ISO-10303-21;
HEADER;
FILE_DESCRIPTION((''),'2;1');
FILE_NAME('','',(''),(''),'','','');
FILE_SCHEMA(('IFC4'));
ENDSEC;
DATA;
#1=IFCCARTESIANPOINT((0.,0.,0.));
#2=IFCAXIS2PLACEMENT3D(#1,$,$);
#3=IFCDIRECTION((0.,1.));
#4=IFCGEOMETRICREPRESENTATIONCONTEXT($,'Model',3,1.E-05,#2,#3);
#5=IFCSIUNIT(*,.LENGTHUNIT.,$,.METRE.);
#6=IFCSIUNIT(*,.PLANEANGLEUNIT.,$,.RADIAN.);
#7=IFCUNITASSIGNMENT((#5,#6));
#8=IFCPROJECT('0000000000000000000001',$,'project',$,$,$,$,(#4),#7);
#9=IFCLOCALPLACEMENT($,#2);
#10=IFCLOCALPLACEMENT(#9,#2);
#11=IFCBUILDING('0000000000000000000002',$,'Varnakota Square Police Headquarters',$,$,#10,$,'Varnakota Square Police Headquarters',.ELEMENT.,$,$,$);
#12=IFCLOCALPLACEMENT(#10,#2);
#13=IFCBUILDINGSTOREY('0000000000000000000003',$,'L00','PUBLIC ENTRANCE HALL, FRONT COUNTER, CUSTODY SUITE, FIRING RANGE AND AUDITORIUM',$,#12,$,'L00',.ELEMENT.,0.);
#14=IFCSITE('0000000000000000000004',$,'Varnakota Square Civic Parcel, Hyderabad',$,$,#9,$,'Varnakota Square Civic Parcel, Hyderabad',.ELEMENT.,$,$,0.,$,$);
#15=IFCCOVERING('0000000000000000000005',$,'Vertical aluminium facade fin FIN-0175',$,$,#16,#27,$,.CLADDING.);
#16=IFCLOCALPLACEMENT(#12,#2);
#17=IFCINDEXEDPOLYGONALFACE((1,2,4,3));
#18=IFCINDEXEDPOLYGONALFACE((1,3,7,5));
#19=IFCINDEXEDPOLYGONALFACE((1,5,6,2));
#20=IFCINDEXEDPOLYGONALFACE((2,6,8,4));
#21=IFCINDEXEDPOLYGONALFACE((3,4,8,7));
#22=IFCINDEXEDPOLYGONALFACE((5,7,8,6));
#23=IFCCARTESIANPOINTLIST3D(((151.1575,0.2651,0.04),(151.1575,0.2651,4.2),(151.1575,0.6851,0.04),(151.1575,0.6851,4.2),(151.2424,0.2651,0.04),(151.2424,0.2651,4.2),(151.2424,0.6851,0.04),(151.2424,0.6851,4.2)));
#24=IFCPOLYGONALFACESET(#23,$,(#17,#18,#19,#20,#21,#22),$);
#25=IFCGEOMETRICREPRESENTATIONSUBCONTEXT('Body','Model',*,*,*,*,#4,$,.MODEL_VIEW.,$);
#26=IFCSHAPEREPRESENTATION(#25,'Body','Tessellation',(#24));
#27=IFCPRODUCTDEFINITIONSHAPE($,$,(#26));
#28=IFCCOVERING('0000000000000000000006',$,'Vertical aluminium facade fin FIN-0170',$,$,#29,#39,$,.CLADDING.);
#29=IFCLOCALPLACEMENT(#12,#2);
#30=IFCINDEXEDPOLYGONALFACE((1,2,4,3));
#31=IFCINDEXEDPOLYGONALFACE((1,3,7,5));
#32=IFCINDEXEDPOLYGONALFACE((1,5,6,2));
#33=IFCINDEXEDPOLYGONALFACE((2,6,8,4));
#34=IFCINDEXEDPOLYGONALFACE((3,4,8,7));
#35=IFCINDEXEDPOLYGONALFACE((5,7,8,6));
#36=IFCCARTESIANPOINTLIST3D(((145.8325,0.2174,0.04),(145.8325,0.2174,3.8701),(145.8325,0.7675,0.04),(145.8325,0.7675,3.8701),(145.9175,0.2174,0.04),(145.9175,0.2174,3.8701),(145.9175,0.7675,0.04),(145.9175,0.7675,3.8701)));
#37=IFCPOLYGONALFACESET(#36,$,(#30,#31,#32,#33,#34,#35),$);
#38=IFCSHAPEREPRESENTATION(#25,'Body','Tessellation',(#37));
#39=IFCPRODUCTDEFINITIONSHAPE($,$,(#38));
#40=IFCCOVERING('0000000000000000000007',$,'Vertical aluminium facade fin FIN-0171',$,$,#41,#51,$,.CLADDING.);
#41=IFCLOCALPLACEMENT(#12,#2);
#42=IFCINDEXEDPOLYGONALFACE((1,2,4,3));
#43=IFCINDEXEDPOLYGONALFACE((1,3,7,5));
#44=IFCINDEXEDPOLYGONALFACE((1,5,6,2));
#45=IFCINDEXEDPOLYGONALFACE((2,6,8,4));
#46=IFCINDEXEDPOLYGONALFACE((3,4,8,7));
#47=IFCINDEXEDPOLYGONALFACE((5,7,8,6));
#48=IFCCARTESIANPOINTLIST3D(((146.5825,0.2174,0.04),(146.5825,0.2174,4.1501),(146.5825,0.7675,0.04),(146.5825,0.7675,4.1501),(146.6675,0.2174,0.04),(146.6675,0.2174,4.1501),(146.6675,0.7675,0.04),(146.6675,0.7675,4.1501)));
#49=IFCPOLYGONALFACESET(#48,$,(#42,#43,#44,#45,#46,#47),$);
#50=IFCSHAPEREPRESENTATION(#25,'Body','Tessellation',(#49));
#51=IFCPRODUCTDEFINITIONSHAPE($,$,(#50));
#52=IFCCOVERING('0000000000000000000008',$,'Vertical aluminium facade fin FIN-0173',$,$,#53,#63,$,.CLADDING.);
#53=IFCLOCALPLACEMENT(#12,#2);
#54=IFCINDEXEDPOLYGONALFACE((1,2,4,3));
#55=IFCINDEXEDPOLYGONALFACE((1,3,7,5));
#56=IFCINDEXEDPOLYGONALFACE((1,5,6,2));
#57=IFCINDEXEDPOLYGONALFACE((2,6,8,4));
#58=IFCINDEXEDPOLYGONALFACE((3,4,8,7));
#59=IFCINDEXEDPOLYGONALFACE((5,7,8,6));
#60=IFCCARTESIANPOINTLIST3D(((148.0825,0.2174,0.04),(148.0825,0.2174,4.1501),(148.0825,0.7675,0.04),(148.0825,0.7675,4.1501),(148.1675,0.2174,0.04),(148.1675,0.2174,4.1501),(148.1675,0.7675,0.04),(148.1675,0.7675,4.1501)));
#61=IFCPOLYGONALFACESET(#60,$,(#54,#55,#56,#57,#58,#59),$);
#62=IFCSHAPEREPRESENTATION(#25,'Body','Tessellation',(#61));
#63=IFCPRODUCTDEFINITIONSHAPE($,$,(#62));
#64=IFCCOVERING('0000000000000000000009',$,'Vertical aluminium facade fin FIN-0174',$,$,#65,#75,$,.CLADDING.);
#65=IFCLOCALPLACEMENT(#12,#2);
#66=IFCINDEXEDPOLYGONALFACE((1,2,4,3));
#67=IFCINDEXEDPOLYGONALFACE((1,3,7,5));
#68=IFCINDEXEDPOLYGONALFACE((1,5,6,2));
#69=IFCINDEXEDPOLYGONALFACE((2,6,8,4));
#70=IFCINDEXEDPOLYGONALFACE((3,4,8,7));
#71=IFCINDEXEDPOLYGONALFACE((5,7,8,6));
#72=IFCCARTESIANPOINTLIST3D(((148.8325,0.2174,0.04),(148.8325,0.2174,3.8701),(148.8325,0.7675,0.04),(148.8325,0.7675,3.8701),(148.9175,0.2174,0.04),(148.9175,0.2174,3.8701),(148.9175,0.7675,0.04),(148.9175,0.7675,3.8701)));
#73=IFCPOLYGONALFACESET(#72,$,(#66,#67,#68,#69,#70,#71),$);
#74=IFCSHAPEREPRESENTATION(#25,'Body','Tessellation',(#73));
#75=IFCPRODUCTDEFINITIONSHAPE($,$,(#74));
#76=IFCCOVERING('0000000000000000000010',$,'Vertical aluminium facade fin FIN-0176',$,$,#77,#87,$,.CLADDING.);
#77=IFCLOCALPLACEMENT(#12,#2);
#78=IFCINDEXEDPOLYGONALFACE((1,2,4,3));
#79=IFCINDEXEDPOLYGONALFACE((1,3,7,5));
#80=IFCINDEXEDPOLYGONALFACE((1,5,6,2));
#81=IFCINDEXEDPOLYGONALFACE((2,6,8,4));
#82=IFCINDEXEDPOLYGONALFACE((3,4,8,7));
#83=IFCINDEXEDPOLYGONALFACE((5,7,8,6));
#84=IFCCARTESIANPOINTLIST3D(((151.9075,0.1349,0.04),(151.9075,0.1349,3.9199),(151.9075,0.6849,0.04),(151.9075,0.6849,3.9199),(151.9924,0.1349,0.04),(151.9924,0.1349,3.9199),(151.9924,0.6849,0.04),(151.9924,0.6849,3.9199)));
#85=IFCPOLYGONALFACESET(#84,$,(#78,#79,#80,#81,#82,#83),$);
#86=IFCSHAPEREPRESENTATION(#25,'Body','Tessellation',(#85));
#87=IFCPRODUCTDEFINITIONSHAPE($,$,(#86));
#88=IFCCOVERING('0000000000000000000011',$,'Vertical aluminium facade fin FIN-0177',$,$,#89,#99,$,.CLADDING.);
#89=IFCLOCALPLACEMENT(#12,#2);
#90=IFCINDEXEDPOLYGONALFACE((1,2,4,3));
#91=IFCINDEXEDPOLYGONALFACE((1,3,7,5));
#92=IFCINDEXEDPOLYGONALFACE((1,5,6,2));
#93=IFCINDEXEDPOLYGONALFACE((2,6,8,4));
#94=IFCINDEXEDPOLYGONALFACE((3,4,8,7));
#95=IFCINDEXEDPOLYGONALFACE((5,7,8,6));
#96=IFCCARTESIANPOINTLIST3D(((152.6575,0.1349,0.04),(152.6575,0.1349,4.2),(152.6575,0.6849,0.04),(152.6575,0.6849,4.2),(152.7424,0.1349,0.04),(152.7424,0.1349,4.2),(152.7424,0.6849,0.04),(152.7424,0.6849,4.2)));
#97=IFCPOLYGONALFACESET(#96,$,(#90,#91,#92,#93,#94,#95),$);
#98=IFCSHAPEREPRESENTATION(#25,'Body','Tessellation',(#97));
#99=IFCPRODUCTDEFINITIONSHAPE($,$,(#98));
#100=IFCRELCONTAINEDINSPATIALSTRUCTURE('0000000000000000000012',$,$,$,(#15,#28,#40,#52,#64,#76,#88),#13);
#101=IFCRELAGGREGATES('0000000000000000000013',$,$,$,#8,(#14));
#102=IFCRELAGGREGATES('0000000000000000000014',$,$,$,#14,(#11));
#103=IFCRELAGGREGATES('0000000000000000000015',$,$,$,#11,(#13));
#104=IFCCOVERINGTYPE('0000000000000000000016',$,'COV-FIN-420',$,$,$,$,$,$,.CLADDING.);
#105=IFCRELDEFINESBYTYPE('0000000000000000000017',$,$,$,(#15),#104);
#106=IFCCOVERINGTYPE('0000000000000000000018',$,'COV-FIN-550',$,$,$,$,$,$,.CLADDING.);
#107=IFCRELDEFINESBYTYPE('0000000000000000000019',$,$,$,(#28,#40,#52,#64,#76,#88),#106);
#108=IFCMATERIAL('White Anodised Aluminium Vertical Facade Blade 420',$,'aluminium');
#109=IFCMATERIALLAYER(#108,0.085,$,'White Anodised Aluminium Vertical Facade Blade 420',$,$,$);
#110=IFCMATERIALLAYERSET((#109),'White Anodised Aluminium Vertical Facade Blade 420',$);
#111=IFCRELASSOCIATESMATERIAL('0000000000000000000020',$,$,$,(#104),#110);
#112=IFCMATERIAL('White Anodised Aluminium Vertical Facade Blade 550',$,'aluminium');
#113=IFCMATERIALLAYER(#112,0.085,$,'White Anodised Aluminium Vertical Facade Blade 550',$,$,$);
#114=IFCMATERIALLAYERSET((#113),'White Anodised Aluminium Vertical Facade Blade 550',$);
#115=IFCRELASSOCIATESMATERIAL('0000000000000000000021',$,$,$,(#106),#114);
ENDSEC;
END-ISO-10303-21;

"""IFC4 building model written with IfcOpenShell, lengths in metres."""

from ifc_helpers import new_model, si_unit, direction, frame, origin, origin_2d, place, context, subcontext, project, spatial, rectangle, extrude, material, layer, layer_set, type_object, element, save


model = new_model("IFC4")

# Units and contexts
model_context = context("Model", 3, precision=1e-05, world=origin(), true_north=direction((0.0, 1.0)))
body_context = subcontext(model_context, "Body", "Model", "MODEL_VIEW")
ifc_project = project(units=[si_unit("LENGTHUNIT", "METRE"), si_unit("PLANEANGLEUNIT", "RADIAN")], contexts=[model_context])

# Site, building, storey
site_placement = place(None, origin())
site = spatial("IfcSite", under=ifc_project, at=site_placement, Name="Varnakota Square Civic Parcel, Hyderabad", LongName="Varnakota Square Civic Parcel, Hyderabad", CompositionType="ELEMENT", RefElevation=0.0)
building_placement = place(site_placement, origin())
building = spatial("IfcBuilding", under=site, at=building_placement, Name="Varnakota Square Police Headquarters", LongName="Varnakota Square Police Headquarters", CompositionType="ELEMENT")
storey_placement = place(building_placement, origin())
storey = spatial("IfcBuildingStorey", under=building, at=storey_placement, Name="L00", Description="PUBLIC ENTRANCE HALL, FRONT COUNTER, CUSTODY SUITE, FIRING RANGE AND AUDITORIUM", LongName="L00", CompositionType="ELEMENT", Elevation=0.0)

# Coverings
ifc_material_1 = material(Name="White Anodised Aluminium Vertical Facade Blade 420", Category="aluminium")
ifc_layer_1 = layer(ifc_material_1, 0.085, Name="White Anodised Aluminium Vertical Facade Blade 420")
ifc_layer_set_1 = layer_set([ifc_layer_1], Name="White Anodised Aluminium Vertical Facade Blade 420")
covering_type_1 = type_object("IfcCoveringType", Name="COV-FIN-420", PredefinedType="CLADDING", material=ifc_layer_set_1)
covering_1_placement = place(storey_placement, frame((151.2, 0.4751, 0.04), z_axis=(0.0, 0.0, 1.0), x_axis=(1.0, 0.0, 0.0)))
element("IfcCovering", 1, at=covering_1_placement, inside=storey, type_object=covering_type_1, Name="Vertical aluminium facade fin FIN-0175", PredefinedType="CLADDING", context=body_context, shape_type="SweptSolid", body=[
    extrude(rectangle(XDim=0.085, YDim=0.4199, at=origin_2d()), origin(), (0.0, 0.0, 1.0), 4.1599),
])
ifc_material_2 = material(Name="White Anodised Aluminium Vertical Facade Blade 550", Category="aluminium")
ifc_layer_2 = layer(ifc_material_2, 0.085, Name="White Anodised Aluminium Vertical Facade Blade 550")
ifc_layer_set_2 = layer_set([ifc_layer_2], Name="White Anodised Aluminium Vertical Facade Blade 550")
covering_type_2 = type_object("IfcCoveringType", Name="COV-FIN-550", PredefinedType="CLADDING", material=ifc_layer_set_2)
covering_2_placement = place(storey_placement, frame((145.875, 0.4924, 0.04), z_axis=(0.0, 0.0, 1.0), x_axis=(1.0, 0.0, 0.0)))
element("IfcCovering", 2, at=covering_2_placement, inside=storey, type_object=covering_type_2, Name="Vertical aluminium facade fin FIN-0170", PredefinedType="CLADDING", context=body_context, shape_type="SweptSolid", body=[
    extrude(rectangle(XDim=0.085, YDim=0.55, at=origin_2d()), origin(), (0.0, 0.0, 1.0), 3.8301),
])
for number, where, z_axis, x_axis, name in (
    (3, (146.625, 0.4924, 0.04), (0.0, 0.0, 1.0), (1.0, 0.0, 0.0), "Vertical aluminium facade fin FIN-0171"),
    (4, (148.125, 0.4924, 0.04), (0.0, 0.0, 1.0), (1.0, 0.0, 0.0), "Vertical aluminium facade fin FIN-0173"),
):
    element("IfcCovering", number, at=place(storey_placement, frame(where, z_axis=z_axis, x_axis=x_axis)), inside=storey, type_object=covering_type_2, Name=name, PredefinedType="CLADDING", context=body_context, shape_type="SweptSolid", body=[
        extrude(rectangle(XDim=0.085, YDim=0.55, at=origin_2d()), origin(), (0.0, 0.0, 1.0), 4.1101),
    ])
covering_3_placement = place(storey_placement, frame((148.875, 0.4924, 0.04), z_axis=(0.0, 0.0, 1.0), x_axis=(1.0, 0.0, 0.0)))
element("IfcCovering", 5, at=covering_3_placement, inside=storey, type_object=covering_type_2, Name="Vertical aluminium facade fin FIN-0174", PredefinedType="CLADDING", context=body_context, shape_type="SweptSolid", body=[
    extrude(rectangle(XDim=0.085, YDim=0.55, at=origin_2d()), origin(), (0.0, 0.0, 1.0), 3.8301),
])
covering_4_placement = place(storey_placement, frame((151.95, 0.4099, 0.04), z_axis=(0.0, 0.0, 1.0), x_axis=(1.0, 0.0, 0.0)))
element("IfcCovering", 6, at=covering_4_placement, inside=storey, type_object=covering_type_2, Name="Vertical aluminium facade fin FIN-0176", PredefinedType="CLADDING", context=body_context, shape_type="SweptSolid", body=[
    extrude(rectangle(XDim=0.085, YDim=0.55, at=origin_2d()), origin(), (0.0, 0.0, 1.0), 3.8799),
])
covering_5_placement = place(storey_placement, frame((152.7, 0.4099, 0.04), z_axis=(0.0, 0.0, 1.0), x_axis=(1.0, 0.0, 0.0)))
element("IfcCovering", 7, at=covering_5_placement, inside=storey, type_object=covering_type_2, Name="Vertical aluminium facade fin FIN-0177", PredefinedType="CLADDING", context=body_context, shape_type="SweptSolid", body=[
    extrude(rectangle(XDim=0.085, YDim=0.55, at=origin_2d()), origin(), (0.0, 0.0, 1.0), 4.1599),
])

save(model, "model.ifc")
